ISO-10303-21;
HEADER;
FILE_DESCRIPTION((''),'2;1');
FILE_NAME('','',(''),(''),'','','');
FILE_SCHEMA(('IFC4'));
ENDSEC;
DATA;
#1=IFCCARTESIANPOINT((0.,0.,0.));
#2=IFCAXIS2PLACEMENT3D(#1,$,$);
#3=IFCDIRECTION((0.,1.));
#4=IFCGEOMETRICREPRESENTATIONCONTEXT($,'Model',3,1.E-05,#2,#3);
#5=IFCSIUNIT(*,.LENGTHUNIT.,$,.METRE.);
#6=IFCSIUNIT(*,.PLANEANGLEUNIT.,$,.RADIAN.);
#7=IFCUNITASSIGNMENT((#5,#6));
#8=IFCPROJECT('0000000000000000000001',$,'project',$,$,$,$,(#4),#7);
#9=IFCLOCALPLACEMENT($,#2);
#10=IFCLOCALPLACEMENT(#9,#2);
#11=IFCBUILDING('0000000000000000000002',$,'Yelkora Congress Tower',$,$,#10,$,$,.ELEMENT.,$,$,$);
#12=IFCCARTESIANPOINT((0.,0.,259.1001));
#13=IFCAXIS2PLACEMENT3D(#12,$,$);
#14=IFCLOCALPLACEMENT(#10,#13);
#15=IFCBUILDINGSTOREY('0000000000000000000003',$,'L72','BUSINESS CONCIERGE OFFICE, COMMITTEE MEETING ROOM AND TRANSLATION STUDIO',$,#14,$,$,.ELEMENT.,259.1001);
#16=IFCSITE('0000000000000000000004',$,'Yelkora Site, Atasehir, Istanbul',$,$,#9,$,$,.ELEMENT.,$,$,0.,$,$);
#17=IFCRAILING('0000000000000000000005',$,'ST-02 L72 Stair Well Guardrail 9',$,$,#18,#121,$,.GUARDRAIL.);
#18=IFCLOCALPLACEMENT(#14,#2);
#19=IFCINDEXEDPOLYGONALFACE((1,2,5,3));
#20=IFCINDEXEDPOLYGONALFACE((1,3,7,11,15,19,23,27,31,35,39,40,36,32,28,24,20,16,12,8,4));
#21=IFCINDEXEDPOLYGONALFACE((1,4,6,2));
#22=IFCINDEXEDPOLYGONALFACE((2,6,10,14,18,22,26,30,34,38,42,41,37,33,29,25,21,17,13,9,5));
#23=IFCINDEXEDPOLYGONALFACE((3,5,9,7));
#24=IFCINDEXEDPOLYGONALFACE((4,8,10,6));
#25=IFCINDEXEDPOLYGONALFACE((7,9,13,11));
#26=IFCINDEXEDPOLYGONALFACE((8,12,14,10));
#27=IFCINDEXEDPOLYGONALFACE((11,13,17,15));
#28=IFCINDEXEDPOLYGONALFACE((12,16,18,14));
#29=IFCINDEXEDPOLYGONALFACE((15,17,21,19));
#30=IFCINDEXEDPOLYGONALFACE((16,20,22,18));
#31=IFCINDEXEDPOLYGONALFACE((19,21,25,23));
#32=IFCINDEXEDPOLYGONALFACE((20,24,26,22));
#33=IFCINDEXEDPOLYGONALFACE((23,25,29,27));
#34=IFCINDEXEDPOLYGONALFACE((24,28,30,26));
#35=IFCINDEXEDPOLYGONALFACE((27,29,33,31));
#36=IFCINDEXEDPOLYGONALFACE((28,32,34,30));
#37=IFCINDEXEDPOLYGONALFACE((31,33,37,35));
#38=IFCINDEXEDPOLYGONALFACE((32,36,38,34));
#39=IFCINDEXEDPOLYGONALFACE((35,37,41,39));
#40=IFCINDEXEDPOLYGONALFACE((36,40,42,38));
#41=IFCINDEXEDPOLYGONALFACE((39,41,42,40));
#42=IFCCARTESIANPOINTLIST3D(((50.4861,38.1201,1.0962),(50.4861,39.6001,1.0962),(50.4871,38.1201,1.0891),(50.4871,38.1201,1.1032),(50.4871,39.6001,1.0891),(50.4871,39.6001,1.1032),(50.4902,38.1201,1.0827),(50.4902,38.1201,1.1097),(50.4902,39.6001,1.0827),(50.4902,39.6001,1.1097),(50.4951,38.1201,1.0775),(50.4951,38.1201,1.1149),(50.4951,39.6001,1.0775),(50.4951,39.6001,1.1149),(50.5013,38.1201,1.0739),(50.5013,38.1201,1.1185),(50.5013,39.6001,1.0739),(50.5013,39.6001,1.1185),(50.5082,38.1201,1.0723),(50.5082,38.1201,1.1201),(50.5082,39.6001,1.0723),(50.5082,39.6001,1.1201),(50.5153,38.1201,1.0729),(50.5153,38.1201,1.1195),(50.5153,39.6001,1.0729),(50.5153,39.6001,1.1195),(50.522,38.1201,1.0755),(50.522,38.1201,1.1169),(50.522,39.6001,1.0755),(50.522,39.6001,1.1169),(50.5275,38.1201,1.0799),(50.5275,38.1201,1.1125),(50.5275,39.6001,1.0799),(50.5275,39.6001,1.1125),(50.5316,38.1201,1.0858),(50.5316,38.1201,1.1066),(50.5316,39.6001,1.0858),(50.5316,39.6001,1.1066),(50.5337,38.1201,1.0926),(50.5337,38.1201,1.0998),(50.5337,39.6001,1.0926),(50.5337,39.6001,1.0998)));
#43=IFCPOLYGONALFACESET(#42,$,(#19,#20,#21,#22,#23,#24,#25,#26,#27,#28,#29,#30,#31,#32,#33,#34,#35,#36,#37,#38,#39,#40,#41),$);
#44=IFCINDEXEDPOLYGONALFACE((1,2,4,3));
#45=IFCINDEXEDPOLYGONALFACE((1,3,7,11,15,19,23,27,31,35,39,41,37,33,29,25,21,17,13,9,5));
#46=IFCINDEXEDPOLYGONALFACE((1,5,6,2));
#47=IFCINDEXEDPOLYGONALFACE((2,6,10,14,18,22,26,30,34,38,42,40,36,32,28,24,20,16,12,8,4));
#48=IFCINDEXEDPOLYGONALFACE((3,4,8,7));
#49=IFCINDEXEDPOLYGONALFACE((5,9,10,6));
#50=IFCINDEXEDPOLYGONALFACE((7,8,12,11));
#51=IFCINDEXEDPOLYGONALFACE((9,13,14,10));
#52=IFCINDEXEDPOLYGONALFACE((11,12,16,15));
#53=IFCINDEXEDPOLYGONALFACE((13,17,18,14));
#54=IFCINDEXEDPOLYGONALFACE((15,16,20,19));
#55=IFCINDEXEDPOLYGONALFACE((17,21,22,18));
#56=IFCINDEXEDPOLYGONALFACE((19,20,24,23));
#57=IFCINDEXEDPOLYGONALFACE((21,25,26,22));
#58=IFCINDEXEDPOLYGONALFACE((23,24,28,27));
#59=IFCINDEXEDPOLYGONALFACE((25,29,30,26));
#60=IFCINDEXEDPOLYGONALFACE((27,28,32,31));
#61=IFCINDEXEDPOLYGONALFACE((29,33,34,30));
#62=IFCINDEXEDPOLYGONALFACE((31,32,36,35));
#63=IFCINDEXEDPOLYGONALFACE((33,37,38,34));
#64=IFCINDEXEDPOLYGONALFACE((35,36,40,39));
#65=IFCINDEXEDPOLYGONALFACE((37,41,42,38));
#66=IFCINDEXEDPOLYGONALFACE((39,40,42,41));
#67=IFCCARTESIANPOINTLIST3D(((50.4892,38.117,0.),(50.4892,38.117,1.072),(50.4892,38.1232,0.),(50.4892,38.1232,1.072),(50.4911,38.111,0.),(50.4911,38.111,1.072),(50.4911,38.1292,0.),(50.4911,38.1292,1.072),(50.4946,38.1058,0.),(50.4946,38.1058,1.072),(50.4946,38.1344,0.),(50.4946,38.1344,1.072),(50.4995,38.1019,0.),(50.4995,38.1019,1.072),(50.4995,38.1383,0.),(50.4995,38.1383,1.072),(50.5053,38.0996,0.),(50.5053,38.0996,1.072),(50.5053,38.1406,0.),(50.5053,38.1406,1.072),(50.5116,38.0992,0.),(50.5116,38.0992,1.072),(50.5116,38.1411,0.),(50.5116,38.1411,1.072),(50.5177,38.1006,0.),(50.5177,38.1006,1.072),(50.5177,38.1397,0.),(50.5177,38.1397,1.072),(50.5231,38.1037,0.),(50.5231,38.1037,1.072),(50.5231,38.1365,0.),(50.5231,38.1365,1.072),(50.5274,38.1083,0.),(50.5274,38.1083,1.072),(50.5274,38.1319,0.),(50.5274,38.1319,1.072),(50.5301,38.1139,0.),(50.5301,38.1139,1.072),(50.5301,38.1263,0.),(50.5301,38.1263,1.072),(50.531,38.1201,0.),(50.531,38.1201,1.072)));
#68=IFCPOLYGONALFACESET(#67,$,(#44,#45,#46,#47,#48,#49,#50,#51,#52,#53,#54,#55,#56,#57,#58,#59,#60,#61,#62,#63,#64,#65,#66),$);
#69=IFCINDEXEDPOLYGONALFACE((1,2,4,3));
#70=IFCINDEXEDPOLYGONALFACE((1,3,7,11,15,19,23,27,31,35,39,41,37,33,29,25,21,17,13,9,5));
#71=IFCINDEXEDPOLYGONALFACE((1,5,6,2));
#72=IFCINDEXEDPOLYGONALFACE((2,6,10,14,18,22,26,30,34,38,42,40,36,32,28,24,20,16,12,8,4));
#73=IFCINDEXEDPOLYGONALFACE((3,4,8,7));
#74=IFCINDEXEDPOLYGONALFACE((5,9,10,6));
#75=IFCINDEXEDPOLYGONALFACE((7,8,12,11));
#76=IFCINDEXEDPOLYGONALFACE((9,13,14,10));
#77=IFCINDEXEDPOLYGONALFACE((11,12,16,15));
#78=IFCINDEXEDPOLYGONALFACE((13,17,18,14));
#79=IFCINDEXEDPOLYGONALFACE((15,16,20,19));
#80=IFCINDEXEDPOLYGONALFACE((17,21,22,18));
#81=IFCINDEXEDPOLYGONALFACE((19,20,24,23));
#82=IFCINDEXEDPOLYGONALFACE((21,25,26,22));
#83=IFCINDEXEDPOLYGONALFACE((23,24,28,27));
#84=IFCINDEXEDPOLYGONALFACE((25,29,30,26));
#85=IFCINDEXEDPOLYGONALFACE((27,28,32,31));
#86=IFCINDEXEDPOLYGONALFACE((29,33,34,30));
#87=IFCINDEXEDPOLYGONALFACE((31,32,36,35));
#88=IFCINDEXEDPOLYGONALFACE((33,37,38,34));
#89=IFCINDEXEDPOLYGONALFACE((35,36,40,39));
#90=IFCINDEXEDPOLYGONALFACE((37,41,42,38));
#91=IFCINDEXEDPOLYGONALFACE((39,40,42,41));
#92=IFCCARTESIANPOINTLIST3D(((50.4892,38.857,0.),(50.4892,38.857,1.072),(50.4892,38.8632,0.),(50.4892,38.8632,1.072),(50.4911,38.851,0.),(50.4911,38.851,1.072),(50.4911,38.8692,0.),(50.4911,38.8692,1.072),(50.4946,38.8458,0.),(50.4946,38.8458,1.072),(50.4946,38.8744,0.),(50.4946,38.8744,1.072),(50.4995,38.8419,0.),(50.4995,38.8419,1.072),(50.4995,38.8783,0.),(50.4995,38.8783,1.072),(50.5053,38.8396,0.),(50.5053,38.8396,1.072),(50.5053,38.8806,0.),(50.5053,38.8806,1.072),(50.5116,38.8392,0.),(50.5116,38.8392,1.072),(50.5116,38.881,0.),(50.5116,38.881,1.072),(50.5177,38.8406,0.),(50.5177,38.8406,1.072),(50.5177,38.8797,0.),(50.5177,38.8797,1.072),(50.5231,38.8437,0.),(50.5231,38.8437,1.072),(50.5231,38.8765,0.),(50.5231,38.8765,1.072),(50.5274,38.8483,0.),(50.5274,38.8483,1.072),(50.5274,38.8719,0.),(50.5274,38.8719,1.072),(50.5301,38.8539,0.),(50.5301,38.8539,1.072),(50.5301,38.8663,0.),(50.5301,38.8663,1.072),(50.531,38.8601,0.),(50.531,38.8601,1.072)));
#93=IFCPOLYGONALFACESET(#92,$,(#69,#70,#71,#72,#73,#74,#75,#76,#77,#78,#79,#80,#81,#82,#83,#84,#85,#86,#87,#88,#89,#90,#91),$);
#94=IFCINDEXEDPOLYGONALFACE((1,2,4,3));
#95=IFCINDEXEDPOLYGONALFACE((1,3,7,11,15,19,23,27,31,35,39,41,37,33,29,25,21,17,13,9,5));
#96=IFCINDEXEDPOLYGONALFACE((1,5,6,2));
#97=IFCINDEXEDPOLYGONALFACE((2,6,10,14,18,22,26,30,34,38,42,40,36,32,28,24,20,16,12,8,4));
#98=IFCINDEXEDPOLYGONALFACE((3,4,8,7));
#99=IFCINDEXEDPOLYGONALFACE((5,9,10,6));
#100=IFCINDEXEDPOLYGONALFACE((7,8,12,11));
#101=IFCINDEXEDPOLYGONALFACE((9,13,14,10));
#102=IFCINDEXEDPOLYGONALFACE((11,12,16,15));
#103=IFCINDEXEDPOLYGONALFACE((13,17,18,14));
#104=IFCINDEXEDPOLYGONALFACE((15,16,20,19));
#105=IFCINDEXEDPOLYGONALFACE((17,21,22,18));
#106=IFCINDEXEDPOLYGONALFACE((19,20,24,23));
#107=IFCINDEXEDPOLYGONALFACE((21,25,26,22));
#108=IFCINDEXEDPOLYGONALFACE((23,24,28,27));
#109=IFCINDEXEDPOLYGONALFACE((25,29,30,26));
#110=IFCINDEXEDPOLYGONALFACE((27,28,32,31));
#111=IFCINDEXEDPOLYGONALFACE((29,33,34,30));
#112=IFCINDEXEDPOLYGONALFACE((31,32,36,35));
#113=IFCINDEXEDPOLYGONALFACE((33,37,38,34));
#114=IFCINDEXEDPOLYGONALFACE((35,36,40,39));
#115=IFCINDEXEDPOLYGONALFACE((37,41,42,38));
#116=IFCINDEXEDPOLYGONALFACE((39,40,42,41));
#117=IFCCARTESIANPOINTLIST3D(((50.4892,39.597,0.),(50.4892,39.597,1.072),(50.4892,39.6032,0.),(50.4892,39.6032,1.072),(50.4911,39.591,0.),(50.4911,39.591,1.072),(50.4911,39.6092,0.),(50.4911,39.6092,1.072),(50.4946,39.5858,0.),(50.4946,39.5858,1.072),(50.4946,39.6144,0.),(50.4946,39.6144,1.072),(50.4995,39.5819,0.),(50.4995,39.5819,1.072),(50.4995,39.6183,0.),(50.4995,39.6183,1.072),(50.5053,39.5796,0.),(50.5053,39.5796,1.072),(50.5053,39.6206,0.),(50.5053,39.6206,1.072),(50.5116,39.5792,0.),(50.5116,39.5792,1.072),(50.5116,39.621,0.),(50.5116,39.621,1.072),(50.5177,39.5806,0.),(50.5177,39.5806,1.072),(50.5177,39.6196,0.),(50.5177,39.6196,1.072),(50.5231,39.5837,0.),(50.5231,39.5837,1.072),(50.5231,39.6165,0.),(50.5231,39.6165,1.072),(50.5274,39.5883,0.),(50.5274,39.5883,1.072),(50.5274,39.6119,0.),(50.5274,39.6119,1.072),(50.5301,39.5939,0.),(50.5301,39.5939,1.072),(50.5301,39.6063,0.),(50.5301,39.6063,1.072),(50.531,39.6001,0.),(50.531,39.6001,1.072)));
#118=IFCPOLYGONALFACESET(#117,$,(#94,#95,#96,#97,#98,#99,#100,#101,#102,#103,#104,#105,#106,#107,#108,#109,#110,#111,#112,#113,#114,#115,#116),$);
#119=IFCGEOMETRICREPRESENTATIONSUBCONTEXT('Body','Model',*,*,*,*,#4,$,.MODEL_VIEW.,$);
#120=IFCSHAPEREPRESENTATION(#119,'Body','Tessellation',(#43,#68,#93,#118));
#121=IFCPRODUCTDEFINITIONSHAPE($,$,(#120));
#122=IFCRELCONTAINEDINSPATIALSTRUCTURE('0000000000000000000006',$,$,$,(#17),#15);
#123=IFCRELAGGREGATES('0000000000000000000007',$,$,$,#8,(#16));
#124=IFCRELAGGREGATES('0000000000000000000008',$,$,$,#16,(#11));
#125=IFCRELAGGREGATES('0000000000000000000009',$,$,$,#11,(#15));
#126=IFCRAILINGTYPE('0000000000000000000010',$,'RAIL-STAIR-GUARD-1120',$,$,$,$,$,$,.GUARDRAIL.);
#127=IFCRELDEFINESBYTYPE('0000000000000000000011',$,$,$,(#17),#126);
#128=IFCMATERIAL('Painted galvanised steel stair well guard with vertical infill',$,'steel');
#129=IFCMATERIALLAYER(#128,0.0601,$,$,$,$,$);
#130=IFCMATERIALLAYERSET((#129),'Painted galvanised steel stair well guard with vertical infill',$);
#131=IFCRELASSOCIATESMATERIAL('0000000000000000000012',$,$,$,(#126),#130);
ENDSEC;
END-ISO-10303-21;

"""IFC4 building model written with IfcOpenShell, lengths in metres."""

from ifc_helpers import new_model, si_unit, direction, frame, origin, origin_2d, place, context, subcontext, project, spatial, circle, extrude, material, layer, layer_set, type_object, element, save


model = new_model("IFC4")

# Units and contexts
model_context = context("Model", 3, precision=1e-05, world=origin(), true_north=direction((0.0, 1.0)))
body_context = subcontext(model_context, "Body", "Model", "MODEL_VIEW")
ifc_project = project(units=[si_unit("LENGTHUNIT", "METRE"), si_unit("PLANEANGLEUNIT", "RADIAN")], contexts=[model_context])

# Site, building, storey
site_placement = place(None, origin())
site = spatial("IfcSite", under=ifc_project, at=site_placement, Name="Yelkora Site, Atasehir, Istanbul", CompositionType="ELEMENT", RefElevation=0.0)
building_placement = place(site_placement, origin())
building = spatial("IfcBuilding", under=site, at=building_placement, Name="Yelkora Congress Tower", CompositionType="ELEMENT")
storey_placement = place(building_placement, frame((0.0, 0.0, 259.1001)))
storey = spatial("IfcBuildingStorey", under=building, at=storey_placement, Name="L72", Description="BUSINESS CONCIERGE OFFICE, COMMITTEE MEETING ROOM AND TRANSLATION STUDIO", CompositionType="ELEMENT", Elevation=259.1001)

# Railing
ifc_material_1 = material(Name="Painted galvanised steel stair well guard with vertical infill", Category="steel")
ifc_layer_1 = layer(ifc_material_1, 0.0601)
ifc_layer_set_1 = layer_set([ifc_layer_1], Name="Painted galvanised steel stair well guard with vertical infill")
railing_type_1 = type_object("IfcRailingType", Name="RAIL-STAIR-GUARD-1120", PredefinedType="GUARDRAIL", material=ifc_layer_set_1)
for number, where, name in (
    (1, (50.51, 38.1201, 0.0), "ST-02 L72 Stair Well Guardrail 9"),
):
    element("IfcRailing", number, at=place(storey_placement, frame(where)), inside=storey, type_object=railing_type_1, Name=name, PredefinedType="GUARDRAIL", context=body_context, shape_type="SweptSolid", body=[
        extrude(circle(Radius=0.0239, at=origin_2d()), frame((0.0, 0.0, 1.0962), z_axis=(0.0, 1.0, 0.0), x_axis=(-1.0, 0.0, 0.0)), (0.0, 0.0, 1.0), 1.48),
        extrude(circle(Radius=0.021, at=origin_2d()), origin(), (0.0, 0.0, 1.0), 1.072),
        extrude(circle(Radius=0.021, at=origin_2d()), frame((0.0, 0.74, 0.0)), (0.0, 0.0, 1.0), 1.072),
        extrude(circle(Radius=0.021, at=origin_2d()), frame((0.0, 1.48, 0.0)), (0.0, 0.0, 1.0), 1.072),
    ])

save(model, "model.ifc")
